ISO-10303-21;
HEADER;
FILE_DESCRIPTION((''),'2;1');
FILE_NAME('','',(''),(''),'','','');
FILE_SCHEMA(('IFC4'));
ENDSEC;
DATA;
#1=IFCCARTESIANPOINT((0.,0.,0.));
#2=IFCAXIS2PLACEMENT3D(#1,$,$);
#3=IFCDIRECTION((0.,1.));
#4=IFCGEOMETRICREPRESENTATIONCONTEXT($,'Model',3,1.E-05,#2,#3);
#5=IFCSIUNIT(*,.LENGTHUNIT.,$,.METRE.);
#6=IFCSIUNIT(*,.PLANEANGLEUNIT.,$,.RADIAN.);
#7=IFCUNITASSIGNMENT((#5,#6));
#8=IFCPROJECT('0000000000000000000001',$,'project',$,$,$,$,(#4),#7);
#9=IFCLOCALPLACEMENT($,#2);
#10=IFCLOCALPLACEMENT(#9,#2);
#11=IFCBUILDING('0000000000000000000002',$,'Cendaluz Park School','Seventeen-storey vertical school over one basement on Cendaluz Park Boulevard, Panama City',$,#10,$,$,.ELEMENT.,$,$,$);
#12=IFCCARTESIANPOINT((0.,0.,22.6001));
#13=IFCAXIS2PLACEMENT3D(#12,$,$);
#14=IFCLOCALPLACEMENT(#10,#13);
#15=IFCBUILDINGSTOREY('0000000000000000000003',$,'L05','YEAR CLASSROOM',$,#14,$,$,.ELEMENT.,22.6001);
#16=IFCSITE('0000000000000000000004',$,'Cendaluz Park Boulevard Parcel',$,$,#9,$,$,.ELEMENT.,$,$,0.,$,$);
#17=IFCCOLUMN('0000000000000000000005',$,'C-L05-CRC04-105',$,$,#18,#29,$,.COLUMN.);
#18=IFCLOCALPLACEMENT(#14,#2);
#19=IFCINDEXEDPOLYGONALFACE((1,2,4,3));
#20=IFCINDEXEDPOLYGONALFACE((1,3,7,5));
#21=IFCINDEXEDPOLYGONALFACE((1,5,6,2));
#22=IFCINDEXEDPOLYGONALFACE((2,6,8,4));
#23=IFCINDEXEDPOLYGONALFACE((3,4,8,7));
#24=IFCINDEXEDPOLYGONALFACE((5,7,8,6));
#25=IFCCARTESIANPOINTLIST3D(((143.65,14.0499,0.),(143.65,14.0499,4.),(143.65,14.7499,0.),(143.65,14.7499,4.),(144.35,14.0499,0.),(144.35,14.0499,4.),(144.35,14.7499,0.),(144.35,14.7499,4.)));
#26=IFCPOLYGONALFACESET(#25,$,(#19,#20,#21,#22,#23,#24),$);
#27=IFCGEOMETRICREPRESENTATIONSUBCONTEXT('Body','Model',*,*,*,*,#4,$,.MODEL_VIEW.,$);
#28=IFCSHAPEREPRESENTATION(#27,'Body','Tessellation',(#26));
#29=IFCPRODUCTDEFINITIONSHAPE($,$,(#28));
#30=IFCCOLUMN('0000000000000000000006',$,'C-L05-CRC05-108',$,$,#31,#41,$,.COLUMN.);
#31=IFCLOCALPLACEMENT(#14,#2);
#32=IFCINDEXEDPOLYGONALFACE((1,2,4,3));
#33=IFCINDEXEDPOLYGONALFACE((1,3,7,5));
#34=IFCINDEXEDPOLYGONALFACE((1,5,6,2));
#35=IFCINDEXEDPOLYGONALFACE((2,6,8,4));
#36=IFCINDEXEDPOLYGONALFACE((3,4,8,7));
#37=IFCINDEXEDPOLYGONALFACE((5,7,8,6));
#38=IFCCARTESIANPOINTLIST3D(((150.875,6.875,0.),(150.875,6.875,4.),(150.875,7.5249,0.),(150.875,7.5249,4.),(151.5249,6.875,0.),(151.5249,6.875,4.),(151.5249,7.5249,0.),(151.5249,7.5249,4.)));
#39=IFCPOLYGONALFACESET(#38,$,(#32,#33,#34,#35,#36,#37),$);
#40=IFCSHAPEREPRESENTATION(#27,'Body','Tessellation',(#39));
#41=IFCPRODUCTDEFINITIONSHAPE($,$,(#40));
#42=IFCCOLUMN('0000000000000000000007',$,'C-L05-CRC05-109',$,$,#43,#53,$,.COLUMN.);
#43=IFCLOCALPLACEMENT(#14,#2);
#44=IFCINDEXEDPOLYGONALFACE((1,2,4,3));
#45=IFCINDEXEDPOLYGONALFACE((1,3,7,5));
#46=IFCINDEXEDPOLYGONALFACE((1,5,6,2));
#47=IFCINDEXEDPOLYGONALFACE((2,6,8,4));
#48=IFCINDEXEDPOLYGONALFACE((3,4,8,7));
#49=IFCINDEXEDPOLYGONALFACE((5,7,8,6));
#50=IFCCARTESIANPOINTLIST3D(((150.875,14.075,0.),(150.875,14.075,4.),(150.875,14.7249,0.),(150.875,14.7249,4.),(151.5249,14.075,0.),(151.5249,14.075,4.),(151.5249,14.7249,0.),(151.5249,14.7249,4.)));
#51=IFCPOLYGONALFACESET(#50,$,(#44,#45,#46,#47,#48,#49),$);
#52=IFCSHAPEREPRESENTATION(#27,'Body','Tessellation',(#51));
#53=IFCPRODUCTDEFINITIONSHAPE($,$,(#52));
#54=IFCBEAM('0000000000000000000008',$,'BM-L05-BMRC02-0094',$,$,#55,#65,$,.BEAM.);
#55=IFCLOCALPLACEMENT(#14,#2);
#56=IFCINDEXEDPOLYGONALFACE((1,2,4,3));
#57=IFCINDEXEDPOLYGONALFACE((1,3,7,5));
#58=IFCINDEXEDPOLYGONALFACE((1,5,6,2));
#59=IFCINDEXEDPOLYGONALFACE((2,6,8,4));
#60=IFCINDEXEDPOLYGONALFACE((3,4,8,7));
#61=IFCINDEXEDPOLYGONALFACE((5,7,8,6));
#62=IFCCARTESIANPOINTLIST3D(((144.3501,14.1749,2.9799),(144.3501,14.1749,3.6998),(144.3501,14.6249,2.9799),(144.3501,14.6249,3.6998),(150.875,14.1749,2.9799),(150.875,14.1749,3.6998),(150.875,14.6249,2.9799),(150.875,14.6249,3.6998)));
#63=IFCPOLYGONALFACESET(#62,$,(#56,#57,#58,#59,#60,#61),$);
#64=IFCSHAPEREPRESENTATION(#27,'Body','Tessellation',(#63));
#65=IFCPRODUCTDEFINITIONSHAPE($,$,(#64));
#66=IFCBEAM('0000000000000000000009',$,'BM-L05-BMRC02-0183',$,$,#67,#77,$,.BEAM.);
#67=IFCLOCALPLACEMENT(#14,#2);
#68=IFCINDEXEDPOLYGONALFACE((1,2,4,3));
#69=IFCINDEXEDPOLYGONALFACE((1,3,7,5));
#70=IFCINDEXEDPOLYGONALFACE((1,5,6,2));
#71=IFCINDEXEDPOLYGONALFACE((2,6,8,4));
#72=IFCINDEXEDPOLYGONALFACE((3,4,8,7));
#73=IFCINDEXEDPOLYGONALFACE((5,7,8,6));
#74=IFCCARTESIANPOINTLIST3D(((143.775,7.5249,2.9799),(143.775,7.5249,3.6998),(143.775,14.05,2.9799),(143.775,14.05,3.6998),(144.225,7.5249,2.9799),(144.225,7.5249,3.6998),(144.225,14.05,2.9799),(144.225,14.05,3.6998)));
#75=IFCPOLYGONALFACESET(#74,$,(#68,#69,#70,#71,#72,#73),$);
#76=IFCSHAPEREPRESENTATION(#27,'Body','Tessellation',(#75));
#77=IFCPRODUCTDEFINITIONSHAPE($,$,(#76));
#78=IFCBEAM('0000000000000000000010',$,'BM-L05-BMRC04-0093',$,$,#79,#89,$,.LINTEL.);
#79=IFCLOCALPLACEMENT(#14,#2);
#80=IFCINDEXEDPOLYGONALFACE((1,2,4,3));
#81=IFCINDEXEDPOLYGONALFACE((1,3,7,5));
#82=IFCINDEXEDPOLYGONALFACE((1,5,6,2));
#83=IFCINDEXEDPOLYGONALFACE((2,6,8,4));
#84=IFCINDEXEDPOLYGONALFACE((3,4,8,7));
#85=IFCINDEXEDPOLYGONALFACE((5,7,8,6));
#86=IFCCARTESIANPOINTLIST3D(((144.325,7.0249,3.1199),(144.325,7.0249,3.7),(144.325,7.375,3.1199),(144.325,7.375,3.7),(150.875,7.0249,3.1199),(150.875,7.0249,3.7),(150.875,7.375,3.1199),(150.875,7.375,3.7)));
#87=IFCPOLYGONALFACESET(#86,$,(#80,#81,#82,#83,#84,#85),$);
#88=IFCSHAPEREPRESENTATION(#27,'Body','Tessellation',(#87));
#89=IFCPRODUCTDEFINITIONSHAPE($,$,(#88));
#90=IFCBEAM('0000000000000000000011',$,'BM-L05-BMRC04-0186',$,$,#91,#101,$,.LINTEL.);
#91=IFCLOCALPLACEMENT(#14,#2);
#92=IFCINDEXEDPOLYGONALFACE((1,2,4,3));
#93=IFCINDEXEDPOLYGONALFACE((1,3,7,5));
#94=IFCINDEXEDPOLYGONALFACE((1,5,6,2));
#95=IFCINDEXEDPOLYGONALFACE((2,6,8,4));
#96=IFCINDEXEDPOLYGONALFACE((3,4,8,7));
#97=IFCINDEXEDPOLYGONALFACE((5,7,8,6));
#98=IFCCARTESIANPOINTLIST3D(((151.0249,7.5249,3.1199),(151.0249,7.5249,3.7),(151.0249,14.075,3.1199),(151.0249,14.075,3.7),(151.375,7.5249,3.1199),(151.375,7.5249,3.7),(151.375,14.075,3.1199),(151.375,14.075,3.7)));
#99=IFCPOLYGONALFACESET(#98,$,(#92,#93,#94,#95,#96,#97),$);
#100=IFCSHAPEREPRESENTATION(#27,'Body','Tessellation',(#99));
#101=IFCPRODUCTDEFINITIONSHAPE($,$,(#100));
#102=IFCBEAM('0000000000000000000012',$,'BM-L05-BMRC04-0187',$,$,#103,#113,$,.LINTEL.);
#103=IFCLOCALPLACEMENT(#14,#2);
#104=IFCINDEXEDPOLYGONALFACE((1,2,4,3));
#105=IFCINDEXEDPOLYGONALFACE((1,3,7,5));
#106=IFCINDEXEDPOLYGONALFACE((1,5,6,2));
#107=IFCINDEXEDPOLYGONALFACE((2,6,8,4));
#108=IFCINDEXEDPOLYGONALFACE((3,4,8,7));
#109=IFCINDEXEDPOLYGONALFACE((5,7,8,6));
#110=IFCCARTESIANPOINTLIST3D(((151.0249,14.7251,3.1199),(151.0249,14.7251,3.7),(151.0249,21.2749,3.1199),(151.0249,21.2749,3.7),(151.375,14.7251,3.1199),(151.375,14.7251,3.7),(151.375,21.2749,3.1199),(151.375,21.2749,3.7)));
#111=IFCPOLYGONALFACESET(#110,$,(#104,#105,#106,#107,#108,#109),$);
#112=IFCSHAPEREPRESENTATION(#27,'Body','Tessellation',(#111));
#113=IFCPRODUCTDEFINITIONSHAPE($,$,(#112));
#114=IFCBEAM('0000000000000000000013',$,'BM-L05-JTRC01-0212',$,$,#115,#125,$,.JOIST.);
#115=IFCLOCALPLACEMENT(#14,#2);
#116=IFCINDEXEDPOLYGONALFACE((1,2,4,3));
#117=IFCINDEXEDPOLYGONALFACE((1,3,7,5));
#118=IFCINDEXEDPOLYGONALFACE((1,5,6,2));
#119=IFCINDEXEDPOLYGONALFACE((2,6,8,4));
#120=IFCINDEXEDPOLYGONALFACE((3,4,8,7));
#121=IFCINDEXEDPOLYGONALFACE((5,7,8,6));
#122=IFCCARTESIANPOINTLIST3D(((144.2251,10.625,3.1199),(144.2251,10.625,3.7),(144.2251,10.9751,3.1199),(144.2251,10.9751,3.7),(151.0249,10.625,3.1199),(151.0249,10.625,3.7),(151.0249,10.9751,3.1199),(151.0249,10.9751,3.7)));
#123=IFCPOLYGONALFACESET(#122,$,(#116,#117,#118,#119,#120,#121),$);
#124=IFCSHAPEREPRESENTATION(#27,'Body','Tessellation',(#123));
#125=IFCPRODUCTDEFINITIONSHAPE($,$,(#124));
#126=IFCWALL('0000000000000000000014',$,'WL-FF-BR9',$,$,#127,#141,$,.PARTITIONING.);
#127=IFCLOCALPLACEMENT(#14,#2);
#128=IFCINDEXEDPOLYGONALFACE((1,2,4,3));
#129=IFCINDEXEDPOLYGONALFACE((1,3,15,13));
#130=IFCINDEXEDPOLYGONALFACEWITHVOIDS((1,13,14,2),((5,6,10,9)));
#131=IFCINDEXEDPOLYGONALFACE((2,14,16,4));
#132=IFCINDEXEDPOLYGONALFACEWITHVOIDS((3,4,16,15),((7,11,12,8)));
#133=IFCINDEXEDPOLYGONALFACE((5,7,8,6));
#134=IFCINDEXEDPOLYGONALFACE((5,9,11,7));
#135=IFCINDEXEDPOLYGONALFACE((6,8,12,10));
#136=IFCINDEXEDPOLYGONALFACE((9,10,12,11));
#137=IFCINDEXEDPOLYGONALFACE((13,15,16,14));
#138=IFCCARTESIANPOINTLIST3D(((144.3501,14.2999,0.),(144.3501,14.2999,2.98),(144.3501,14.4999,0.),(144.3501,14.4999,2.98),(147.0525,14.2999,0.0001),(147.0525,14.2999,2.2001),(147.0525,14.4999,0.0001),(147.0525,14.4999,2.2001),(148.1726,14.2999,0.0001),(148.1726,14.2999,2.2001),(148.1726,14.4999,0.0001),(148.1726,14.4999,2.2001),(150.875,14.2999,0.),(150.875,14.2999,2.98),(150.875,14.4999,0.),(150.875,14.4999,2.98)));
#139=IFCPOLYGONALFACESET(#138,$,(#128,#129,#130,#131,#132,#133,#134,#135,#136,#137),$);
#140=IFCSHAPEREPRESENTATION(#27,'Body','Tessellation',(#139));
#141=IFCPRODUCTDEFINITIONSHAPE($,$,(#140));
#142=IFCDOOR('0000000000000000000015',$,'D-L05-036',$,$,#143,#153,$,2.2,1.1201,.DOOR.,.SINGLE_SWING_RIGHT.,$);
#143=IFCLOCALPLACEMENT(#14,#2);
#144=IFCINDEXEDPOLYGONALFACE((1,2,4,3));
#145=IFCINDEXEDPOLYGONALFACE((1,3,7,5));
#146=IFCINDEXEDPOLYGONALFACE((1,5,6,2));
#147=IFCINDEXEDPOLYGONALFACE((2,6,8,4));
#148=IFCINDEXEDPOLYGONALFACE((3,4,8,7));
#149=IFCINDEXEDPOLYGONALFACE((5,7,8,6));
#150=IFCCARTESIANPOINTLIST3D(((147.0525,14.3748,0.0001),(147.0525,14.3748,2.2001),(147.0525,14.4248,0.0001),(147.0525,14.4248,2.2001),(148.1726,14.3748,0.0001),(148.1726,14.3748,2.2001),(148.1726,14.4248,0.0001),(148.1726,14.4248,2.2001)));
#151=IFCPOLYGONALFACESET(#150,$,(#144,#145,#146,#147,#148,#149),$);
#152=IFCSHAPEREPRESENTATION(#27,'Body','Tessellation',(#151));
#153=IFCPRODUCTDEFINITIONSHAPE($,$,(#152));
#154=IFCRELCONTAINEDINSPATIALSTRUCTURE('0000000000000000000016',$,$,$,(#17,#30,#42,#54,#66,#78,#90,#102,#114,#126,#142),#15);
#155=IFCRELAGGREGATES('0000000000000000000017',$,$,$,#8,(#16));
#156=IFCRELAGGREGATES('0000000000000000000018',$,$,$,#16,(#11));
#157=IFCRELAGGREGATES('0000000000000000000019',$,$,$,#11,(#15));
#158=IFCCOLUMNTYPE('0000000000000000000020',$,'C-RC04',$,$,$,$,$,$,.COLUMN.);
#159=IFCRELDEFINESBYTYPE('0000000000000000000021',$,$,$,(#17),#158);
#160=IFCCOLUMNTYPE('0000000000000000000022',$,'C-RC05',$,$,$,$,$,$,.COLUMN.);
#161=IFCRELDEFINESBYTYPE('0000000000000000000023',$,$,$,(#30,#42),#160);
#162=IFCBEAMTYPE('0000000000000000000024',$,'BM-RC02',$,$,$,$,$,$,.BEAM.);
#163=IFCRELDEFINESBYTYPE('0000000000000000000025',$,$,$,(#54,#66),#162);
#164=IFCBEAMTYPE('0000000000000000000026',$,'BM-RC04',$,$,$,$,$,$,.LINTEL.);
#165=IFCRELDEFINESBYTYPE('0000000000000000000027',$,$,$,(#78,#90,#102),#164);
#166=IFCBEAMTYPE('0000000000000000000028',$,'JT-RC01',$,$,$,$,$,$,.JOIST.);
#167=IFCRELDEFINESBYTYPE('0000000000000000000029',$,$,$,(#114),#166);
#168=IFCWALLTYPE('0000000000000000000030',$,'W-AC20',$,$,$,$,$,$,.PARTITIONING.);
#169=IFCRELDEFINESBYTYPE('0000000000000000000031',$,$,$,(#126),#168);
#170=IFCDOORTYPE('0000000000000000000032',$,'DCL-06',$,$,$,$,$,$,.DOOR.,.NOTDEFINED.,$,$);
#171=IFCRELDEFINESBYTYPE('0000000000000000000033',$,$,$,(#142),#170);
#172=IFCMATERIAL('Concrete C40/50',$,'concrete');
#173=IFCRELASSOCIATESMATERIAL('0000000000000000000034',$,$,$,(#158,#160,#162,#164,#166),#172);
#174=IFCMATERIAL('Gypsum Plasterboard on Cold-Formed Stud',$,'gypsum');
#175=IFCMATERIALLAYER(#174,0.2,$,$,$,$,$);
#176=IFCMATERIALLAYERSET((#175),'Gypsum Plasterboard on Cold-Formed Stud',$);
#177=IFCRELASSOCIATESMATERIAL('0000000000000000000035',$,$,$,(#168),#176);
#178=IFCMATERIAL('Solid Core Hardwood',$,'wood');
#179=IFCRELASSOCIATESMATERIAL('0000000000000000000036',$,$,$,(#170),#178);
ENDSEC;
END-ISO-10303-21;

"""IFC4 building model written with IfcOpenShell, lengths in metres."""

from ifc_helpers import new_model, si_unit, direction, frame, frame_2d, origin, origin_2d, place, context, subcontext, project, spatial, rectangle, extrude, material, layer, layer_set, material_profile, profile_set, type_object, element, fill, save


model = new_model("IFC4")

# Units and contexts
model_context = context("Model", 3, precision=1e-05, world=origin(), true_north=direction((0.0, 1.0)))
body_context = subcontext(model_context, "Body", "Model", "MODEL_VIEW")
ifc_project = project(units=[si_unit("LENGTHUNIT", "METRE"), si_unit("PLANEANGLEUNIT", "RADIAN")], contexts=[model_context])

# Site, building, storey
site_placement = place(None, origin())
site = spatial("IfcSite", under=ifc_project, at=site_placement, Name="Cendaluz Park Boulevard Parcel", CompositionType="ELEMENT", RefElevation=0.0)
building_placement = place(site_placement, origin())
building = spatial("IfcBuilding", under=site, at=building_placement, Name="Cendaluz Park School", Description="Seventeen-storey vertical school over one basement on Cendaluz Park Boulevard, Panama City", CompositionType="ELEMENT")
storey_placement = place(building_placement, frame((0.0, 0.0, 22.6001)))
storey = spatial("IfcBuildingStorey", under=building, at=storey_placement, Name="L05", Description="YEAR CLASSROOM", CompositionType="ELEMENT", Elevation=22.6001)

# Columns
ifc_material_1 = material(Name="Concrete C40/50", Category="concrete")
ifc_material_profile_1 = material_profile(ifc_material_1, rectangle(XDim=0.7, YDim=0.7, at=origin_2d()), Name="RC 700x700", Category="concrete")
ifc_profile_set_1 = profile_set([ifc_material_profile_1], Name="Concrete C40/50")
column_type_1 = type_object("IfcColumnType", Name="C-RC04", PredefinedType="COLUMN", material=ifc_profile_set_1)
column_placement = place(storey_placement, frame((144.0, 14.3999, 0.0), z_axis=(0.0, 0.0, 1.0), x_axis=(1.0, 0.0, 0.0)))
element("IfcColumn", 1, at=column_placement, inside=storey, type_object=column_type_1, Name="C-L05-CRC04-105", PredefinedType="COLUMN", context=body_context, shape_type="SweptSolid", body=[
    extrude(rectangle(XDim=0.7, YDim=0.7, at=origin_2d()), origin(), (0.0, 0.0, 1.0), 4.0),
])
ifc_material_profile_2 = material_profile(ifc_material_1, rectangle(XDim=0.6499, YDim=0.6499, at=origin_2d()), Name="RC 650x650", Category="concrete")
ifc_profile_set_2 = profile_set([ifc_material_profile_2], Name="Concrete C40/50")
column_type_2 = type_object("IfcColumnType", Name="C-RC05", PredefinedType="COLUMN", material=ifc_profile_set_2)
for number, where, z_axis, x_axis, name in (
    (2, (151.2, 7.2, 0.0), (0.0, 0.0, 1.0), (1.0, 0.0, 0.0), "C-L05-CRC05-108"),
    (3, (151.2, 14.3999, 0.0), (0.0, 0.0, 1.0), (1.0, 0.0, 0.0), "C-L05-CRC05-109"),
):
    element("IfcColumn", number, at=place(storey_placement, frame(where, z_axis=z_axis, x_axis=x_axis)), inside=storey, type_object=column_type_2, Name=name, PredefinedType="COLUMN", context=body_context, shape_type="SweptSolid", body=[
        extrude(rectangle(XDim=0.6499, YDim=0.6499, at=origin_2d()), origin(), (0.0, 0.0, 1.0), 4.0),
    ])

# Beams
ifc_material_profile_3 = material_profile(ifc_material_1, rectangle(XDim=0.45, YDim=0.72, at=origin_2d()), Name="RC 450x720", Category="concrete")
ifc_profile_set_3 = profile_set([ifc_material_profile_3], Name="Concrete C40/50")
beam_type_1 = type_object("IfcBeamType", Name="BM-RC02", PredefinedType="BEAM", material=ifc_profile_set_3)
beam_1_placement = place(storey_placement, frame((144.3501, 14.3999, 3.3398), z_axis=(1.0, 0.0, 0.0), x_axis=(0.0, 1.0, 0.0)))
element("IfcBeam", 4, at=beam_1_placement, inside=storey, type_object=beam_type_1, Name="BM-L05-BMRC02-0094", PredefinedType="BEAM", context=body_context, shape_type="SweptSolid", body=[
    extrude(rectangle(XDim=0.45, YDim=0.72, at=origin_2d()), origin(), (0.0, 0.0, 1.0), 6.5249),
])
beam_2_placement = place(storey_placement, frame((144.0, 7.5249, 3.3398), z_axis=(0.0, 1.0, 0.0), x_axis=(-1.0, 0.0, 0.0)))
element("IfcBeam", 5, at=beam_2_placement, inside=storey, type_object=beam_type_1, Name="BM-L05-BMRC02-0183", PredefinedType="BEAM", context=body_context, shape_type="SweptSolid", body=[
    extrude(rectangle(XDim=0.45, YDim=0.72, at=origin_2d()), origin(), (0.0, 0.0, 1.0), 6.5251),
])
ifc_material_profile_4 = material_profile(ifc_material_1, rectangle(XDim=0.3501, YDim=0.5801, at=origin_2d()), Name="RC 350x580", Category="concrete")
ifc_profile_set_4 = profile_set([ifc_material_profile_4], Name="Concrete C40/50")
beam_type_2 = type_object("IfcBeamType", Name="BM-RC04", PredefinedType="LINTEL", material=ifc_profile_set_4)
for number, where, z_axis, x_axis, name in (
    (6, (144.325, 7.2, 3.4099), (1.0, 0.0, 0.0), (0.0, 1.0, 0.0), "BM-L05-BMRC04-0093"),
    (7, (151.2, 7.5249, 3.4099), (0.0, 1.0, 0.0), (-1.0, 0.0, 0.0), "BM-L05-BMRC04-0186"),
):
    element("IfcBeam", number, at=place(storey_placement, frame(where, z_axis=z_axis, x_axis=x_axis)), inside=storey, type_object=beam_type_2, Name=name, PredefinedType="LINTEL", context=body_context, shape_type="SweptSolid", body=[
        extrude(rectangle(XDim=0.3501, YDim=0.5801, at=origin_2d()), origin(), (0.0, 0.0, 1.0), 6.55),
    ])
beam_3_placement = place(storey_placement, frame((151.2, 14.7251, 3.4099), z_axis=(0.0, 1.0, 0.0), x_axis=(-1.0, 0.0, 0.0)))
element("IfcBeam", 8, at=beam_3_placement, inside=storey, type_object=beam_type_2, Name="BM-L05-BMRC04-0187", PredefinedType="LINTEL", context=body_context, shape_type="SweptSolid", body=[
    extrude(rectangle(XDim=0.3501, YDim=0.5801, at=origin_2d()), origin(), (0.0, 0.0, 1.0), 6.5498),
])
ifc_material_profile_5 = material_profile(ifc_material_1, rectangle(XDim=0.3501, YDim=0.5801, at=origin_2d()), Name="RC 350x580", Category="concrete")
ifc_profile_set_5 = profile_set([ifc_material_profile_5], Name="Concrete C40/50")
beam_type_3 = type_object("IfcBeamType", Name="JT-RC01", PredefinedType="JOIST", material=ifc_profile_set_5)
beam_4_placement = place(storey_placement, frame((144.2251, 10.8, 3.4099), z_axis=(1.0, 0.0, 0.0), x_axis=(0.0, 1.0, 0.0)))
element("IfcBeam", 9, at=beam_4_placement, inside=storey, type_object=beam_type_3, Name="BM-L05-JTRC01-0212", PredefinedType="JOIST", context=body_context, shape_type="SweptSolid", body=[
    extrude(rectangle(XDim=0.3501, YDim=0.5801, at=origin_2d()), origin(), (0.0, 0.0, 1.0), 6.7998),
])

# Wall, opening, door
ifc_material_2 = material(Name="Gypsum Plasterboard on Cold-Formed Stud", Category="gypsum")
ifc_layer_1 = layer(ifc_material_2, 0.2)
ifc_layer_set_1 = layer_set([ifc_layer_1], Name="Gypsum Plasterboard on Cold-Formed Stud")
wall_type_1 = type_object("IfcWallType", Name="W-AC20", PredefinedType="PARTITIONING", material=ifc_layer_set_1)
wall_1_placement = place(storey_placement, frame((144.3501, 14.3999, 0.0), z_axis=(0.0, 0.0, 1.0), x_axis=(1.0, 0.0, 0.0)))
wall_1 = element("IfcWall", 10, at=wall_1_placement, inside=storey, type_object=wall_type_1, Name="WL-FF-BR9", PredefinedType="PARTITIONING", context=body_context, shape_type="SweptSolid", body=[
    extrude(rectangle(XDim=6.5249, YDim=0.2, at=frame_2d((3.2625, 0.0))), origin(), (0.0, 0.0, 1.0), 2.98),
])
opening_1_placement = place(wall_1_placement, frame((2.7024, 0.0, 0.0)))
opening_1 = element("IfcOpeningElement", 11, at=opening_1_placement, cuts=wall_1, PredefinedType="OPENING", context=body_context, shape_type="SweptSolid", body=[
    extrude(rectangle(XDim=1.1201, YDim=2.2, at=frame_2d((0.5601, 1.1001))), frame((0.0, 0.1121, 0.0), z_axis=(0.0, -1.0, 0.0), x_axis=(1.0, 0.0, 0.0)), (0.0, 0.0, 1.0), 0.2239),
])
ifc_material_3 = material(Name="Solid Core Hardwood", Category="wood")
door_type = type_object("IfcDoorType", Name="DCL-06", OperationType="NOTDEFINED", PredefinedType="DOOR", material=ifc_material_3)
door_placement = place(opening_1_placement, origin())
door = element("IfcDoor", 12, at=door_placement, inside=storey, type_object=door_type, Name="D-L05-036", OperationType="SINGLE_SWING_RIGHT", OverallHeight=2.2, OverallWidth=1.1201, PredefinedType="DOOR", context=body_context, shape_type="SweptSolid", body=[
    extrude(rectangle(XDim=1.1201, YDim=2.2, at=frame_2d((0.5601, 1.1001))), frame((0.0, 0.0249, 0.0), z_axis=(0.0, -1.0, 0.0), x_axis=(1.0, 0.0, 0.0)), (0.0, 0.0, 1.0), 0.05),
])
fill(opening_1, door)

save(model, "model.ifc")
